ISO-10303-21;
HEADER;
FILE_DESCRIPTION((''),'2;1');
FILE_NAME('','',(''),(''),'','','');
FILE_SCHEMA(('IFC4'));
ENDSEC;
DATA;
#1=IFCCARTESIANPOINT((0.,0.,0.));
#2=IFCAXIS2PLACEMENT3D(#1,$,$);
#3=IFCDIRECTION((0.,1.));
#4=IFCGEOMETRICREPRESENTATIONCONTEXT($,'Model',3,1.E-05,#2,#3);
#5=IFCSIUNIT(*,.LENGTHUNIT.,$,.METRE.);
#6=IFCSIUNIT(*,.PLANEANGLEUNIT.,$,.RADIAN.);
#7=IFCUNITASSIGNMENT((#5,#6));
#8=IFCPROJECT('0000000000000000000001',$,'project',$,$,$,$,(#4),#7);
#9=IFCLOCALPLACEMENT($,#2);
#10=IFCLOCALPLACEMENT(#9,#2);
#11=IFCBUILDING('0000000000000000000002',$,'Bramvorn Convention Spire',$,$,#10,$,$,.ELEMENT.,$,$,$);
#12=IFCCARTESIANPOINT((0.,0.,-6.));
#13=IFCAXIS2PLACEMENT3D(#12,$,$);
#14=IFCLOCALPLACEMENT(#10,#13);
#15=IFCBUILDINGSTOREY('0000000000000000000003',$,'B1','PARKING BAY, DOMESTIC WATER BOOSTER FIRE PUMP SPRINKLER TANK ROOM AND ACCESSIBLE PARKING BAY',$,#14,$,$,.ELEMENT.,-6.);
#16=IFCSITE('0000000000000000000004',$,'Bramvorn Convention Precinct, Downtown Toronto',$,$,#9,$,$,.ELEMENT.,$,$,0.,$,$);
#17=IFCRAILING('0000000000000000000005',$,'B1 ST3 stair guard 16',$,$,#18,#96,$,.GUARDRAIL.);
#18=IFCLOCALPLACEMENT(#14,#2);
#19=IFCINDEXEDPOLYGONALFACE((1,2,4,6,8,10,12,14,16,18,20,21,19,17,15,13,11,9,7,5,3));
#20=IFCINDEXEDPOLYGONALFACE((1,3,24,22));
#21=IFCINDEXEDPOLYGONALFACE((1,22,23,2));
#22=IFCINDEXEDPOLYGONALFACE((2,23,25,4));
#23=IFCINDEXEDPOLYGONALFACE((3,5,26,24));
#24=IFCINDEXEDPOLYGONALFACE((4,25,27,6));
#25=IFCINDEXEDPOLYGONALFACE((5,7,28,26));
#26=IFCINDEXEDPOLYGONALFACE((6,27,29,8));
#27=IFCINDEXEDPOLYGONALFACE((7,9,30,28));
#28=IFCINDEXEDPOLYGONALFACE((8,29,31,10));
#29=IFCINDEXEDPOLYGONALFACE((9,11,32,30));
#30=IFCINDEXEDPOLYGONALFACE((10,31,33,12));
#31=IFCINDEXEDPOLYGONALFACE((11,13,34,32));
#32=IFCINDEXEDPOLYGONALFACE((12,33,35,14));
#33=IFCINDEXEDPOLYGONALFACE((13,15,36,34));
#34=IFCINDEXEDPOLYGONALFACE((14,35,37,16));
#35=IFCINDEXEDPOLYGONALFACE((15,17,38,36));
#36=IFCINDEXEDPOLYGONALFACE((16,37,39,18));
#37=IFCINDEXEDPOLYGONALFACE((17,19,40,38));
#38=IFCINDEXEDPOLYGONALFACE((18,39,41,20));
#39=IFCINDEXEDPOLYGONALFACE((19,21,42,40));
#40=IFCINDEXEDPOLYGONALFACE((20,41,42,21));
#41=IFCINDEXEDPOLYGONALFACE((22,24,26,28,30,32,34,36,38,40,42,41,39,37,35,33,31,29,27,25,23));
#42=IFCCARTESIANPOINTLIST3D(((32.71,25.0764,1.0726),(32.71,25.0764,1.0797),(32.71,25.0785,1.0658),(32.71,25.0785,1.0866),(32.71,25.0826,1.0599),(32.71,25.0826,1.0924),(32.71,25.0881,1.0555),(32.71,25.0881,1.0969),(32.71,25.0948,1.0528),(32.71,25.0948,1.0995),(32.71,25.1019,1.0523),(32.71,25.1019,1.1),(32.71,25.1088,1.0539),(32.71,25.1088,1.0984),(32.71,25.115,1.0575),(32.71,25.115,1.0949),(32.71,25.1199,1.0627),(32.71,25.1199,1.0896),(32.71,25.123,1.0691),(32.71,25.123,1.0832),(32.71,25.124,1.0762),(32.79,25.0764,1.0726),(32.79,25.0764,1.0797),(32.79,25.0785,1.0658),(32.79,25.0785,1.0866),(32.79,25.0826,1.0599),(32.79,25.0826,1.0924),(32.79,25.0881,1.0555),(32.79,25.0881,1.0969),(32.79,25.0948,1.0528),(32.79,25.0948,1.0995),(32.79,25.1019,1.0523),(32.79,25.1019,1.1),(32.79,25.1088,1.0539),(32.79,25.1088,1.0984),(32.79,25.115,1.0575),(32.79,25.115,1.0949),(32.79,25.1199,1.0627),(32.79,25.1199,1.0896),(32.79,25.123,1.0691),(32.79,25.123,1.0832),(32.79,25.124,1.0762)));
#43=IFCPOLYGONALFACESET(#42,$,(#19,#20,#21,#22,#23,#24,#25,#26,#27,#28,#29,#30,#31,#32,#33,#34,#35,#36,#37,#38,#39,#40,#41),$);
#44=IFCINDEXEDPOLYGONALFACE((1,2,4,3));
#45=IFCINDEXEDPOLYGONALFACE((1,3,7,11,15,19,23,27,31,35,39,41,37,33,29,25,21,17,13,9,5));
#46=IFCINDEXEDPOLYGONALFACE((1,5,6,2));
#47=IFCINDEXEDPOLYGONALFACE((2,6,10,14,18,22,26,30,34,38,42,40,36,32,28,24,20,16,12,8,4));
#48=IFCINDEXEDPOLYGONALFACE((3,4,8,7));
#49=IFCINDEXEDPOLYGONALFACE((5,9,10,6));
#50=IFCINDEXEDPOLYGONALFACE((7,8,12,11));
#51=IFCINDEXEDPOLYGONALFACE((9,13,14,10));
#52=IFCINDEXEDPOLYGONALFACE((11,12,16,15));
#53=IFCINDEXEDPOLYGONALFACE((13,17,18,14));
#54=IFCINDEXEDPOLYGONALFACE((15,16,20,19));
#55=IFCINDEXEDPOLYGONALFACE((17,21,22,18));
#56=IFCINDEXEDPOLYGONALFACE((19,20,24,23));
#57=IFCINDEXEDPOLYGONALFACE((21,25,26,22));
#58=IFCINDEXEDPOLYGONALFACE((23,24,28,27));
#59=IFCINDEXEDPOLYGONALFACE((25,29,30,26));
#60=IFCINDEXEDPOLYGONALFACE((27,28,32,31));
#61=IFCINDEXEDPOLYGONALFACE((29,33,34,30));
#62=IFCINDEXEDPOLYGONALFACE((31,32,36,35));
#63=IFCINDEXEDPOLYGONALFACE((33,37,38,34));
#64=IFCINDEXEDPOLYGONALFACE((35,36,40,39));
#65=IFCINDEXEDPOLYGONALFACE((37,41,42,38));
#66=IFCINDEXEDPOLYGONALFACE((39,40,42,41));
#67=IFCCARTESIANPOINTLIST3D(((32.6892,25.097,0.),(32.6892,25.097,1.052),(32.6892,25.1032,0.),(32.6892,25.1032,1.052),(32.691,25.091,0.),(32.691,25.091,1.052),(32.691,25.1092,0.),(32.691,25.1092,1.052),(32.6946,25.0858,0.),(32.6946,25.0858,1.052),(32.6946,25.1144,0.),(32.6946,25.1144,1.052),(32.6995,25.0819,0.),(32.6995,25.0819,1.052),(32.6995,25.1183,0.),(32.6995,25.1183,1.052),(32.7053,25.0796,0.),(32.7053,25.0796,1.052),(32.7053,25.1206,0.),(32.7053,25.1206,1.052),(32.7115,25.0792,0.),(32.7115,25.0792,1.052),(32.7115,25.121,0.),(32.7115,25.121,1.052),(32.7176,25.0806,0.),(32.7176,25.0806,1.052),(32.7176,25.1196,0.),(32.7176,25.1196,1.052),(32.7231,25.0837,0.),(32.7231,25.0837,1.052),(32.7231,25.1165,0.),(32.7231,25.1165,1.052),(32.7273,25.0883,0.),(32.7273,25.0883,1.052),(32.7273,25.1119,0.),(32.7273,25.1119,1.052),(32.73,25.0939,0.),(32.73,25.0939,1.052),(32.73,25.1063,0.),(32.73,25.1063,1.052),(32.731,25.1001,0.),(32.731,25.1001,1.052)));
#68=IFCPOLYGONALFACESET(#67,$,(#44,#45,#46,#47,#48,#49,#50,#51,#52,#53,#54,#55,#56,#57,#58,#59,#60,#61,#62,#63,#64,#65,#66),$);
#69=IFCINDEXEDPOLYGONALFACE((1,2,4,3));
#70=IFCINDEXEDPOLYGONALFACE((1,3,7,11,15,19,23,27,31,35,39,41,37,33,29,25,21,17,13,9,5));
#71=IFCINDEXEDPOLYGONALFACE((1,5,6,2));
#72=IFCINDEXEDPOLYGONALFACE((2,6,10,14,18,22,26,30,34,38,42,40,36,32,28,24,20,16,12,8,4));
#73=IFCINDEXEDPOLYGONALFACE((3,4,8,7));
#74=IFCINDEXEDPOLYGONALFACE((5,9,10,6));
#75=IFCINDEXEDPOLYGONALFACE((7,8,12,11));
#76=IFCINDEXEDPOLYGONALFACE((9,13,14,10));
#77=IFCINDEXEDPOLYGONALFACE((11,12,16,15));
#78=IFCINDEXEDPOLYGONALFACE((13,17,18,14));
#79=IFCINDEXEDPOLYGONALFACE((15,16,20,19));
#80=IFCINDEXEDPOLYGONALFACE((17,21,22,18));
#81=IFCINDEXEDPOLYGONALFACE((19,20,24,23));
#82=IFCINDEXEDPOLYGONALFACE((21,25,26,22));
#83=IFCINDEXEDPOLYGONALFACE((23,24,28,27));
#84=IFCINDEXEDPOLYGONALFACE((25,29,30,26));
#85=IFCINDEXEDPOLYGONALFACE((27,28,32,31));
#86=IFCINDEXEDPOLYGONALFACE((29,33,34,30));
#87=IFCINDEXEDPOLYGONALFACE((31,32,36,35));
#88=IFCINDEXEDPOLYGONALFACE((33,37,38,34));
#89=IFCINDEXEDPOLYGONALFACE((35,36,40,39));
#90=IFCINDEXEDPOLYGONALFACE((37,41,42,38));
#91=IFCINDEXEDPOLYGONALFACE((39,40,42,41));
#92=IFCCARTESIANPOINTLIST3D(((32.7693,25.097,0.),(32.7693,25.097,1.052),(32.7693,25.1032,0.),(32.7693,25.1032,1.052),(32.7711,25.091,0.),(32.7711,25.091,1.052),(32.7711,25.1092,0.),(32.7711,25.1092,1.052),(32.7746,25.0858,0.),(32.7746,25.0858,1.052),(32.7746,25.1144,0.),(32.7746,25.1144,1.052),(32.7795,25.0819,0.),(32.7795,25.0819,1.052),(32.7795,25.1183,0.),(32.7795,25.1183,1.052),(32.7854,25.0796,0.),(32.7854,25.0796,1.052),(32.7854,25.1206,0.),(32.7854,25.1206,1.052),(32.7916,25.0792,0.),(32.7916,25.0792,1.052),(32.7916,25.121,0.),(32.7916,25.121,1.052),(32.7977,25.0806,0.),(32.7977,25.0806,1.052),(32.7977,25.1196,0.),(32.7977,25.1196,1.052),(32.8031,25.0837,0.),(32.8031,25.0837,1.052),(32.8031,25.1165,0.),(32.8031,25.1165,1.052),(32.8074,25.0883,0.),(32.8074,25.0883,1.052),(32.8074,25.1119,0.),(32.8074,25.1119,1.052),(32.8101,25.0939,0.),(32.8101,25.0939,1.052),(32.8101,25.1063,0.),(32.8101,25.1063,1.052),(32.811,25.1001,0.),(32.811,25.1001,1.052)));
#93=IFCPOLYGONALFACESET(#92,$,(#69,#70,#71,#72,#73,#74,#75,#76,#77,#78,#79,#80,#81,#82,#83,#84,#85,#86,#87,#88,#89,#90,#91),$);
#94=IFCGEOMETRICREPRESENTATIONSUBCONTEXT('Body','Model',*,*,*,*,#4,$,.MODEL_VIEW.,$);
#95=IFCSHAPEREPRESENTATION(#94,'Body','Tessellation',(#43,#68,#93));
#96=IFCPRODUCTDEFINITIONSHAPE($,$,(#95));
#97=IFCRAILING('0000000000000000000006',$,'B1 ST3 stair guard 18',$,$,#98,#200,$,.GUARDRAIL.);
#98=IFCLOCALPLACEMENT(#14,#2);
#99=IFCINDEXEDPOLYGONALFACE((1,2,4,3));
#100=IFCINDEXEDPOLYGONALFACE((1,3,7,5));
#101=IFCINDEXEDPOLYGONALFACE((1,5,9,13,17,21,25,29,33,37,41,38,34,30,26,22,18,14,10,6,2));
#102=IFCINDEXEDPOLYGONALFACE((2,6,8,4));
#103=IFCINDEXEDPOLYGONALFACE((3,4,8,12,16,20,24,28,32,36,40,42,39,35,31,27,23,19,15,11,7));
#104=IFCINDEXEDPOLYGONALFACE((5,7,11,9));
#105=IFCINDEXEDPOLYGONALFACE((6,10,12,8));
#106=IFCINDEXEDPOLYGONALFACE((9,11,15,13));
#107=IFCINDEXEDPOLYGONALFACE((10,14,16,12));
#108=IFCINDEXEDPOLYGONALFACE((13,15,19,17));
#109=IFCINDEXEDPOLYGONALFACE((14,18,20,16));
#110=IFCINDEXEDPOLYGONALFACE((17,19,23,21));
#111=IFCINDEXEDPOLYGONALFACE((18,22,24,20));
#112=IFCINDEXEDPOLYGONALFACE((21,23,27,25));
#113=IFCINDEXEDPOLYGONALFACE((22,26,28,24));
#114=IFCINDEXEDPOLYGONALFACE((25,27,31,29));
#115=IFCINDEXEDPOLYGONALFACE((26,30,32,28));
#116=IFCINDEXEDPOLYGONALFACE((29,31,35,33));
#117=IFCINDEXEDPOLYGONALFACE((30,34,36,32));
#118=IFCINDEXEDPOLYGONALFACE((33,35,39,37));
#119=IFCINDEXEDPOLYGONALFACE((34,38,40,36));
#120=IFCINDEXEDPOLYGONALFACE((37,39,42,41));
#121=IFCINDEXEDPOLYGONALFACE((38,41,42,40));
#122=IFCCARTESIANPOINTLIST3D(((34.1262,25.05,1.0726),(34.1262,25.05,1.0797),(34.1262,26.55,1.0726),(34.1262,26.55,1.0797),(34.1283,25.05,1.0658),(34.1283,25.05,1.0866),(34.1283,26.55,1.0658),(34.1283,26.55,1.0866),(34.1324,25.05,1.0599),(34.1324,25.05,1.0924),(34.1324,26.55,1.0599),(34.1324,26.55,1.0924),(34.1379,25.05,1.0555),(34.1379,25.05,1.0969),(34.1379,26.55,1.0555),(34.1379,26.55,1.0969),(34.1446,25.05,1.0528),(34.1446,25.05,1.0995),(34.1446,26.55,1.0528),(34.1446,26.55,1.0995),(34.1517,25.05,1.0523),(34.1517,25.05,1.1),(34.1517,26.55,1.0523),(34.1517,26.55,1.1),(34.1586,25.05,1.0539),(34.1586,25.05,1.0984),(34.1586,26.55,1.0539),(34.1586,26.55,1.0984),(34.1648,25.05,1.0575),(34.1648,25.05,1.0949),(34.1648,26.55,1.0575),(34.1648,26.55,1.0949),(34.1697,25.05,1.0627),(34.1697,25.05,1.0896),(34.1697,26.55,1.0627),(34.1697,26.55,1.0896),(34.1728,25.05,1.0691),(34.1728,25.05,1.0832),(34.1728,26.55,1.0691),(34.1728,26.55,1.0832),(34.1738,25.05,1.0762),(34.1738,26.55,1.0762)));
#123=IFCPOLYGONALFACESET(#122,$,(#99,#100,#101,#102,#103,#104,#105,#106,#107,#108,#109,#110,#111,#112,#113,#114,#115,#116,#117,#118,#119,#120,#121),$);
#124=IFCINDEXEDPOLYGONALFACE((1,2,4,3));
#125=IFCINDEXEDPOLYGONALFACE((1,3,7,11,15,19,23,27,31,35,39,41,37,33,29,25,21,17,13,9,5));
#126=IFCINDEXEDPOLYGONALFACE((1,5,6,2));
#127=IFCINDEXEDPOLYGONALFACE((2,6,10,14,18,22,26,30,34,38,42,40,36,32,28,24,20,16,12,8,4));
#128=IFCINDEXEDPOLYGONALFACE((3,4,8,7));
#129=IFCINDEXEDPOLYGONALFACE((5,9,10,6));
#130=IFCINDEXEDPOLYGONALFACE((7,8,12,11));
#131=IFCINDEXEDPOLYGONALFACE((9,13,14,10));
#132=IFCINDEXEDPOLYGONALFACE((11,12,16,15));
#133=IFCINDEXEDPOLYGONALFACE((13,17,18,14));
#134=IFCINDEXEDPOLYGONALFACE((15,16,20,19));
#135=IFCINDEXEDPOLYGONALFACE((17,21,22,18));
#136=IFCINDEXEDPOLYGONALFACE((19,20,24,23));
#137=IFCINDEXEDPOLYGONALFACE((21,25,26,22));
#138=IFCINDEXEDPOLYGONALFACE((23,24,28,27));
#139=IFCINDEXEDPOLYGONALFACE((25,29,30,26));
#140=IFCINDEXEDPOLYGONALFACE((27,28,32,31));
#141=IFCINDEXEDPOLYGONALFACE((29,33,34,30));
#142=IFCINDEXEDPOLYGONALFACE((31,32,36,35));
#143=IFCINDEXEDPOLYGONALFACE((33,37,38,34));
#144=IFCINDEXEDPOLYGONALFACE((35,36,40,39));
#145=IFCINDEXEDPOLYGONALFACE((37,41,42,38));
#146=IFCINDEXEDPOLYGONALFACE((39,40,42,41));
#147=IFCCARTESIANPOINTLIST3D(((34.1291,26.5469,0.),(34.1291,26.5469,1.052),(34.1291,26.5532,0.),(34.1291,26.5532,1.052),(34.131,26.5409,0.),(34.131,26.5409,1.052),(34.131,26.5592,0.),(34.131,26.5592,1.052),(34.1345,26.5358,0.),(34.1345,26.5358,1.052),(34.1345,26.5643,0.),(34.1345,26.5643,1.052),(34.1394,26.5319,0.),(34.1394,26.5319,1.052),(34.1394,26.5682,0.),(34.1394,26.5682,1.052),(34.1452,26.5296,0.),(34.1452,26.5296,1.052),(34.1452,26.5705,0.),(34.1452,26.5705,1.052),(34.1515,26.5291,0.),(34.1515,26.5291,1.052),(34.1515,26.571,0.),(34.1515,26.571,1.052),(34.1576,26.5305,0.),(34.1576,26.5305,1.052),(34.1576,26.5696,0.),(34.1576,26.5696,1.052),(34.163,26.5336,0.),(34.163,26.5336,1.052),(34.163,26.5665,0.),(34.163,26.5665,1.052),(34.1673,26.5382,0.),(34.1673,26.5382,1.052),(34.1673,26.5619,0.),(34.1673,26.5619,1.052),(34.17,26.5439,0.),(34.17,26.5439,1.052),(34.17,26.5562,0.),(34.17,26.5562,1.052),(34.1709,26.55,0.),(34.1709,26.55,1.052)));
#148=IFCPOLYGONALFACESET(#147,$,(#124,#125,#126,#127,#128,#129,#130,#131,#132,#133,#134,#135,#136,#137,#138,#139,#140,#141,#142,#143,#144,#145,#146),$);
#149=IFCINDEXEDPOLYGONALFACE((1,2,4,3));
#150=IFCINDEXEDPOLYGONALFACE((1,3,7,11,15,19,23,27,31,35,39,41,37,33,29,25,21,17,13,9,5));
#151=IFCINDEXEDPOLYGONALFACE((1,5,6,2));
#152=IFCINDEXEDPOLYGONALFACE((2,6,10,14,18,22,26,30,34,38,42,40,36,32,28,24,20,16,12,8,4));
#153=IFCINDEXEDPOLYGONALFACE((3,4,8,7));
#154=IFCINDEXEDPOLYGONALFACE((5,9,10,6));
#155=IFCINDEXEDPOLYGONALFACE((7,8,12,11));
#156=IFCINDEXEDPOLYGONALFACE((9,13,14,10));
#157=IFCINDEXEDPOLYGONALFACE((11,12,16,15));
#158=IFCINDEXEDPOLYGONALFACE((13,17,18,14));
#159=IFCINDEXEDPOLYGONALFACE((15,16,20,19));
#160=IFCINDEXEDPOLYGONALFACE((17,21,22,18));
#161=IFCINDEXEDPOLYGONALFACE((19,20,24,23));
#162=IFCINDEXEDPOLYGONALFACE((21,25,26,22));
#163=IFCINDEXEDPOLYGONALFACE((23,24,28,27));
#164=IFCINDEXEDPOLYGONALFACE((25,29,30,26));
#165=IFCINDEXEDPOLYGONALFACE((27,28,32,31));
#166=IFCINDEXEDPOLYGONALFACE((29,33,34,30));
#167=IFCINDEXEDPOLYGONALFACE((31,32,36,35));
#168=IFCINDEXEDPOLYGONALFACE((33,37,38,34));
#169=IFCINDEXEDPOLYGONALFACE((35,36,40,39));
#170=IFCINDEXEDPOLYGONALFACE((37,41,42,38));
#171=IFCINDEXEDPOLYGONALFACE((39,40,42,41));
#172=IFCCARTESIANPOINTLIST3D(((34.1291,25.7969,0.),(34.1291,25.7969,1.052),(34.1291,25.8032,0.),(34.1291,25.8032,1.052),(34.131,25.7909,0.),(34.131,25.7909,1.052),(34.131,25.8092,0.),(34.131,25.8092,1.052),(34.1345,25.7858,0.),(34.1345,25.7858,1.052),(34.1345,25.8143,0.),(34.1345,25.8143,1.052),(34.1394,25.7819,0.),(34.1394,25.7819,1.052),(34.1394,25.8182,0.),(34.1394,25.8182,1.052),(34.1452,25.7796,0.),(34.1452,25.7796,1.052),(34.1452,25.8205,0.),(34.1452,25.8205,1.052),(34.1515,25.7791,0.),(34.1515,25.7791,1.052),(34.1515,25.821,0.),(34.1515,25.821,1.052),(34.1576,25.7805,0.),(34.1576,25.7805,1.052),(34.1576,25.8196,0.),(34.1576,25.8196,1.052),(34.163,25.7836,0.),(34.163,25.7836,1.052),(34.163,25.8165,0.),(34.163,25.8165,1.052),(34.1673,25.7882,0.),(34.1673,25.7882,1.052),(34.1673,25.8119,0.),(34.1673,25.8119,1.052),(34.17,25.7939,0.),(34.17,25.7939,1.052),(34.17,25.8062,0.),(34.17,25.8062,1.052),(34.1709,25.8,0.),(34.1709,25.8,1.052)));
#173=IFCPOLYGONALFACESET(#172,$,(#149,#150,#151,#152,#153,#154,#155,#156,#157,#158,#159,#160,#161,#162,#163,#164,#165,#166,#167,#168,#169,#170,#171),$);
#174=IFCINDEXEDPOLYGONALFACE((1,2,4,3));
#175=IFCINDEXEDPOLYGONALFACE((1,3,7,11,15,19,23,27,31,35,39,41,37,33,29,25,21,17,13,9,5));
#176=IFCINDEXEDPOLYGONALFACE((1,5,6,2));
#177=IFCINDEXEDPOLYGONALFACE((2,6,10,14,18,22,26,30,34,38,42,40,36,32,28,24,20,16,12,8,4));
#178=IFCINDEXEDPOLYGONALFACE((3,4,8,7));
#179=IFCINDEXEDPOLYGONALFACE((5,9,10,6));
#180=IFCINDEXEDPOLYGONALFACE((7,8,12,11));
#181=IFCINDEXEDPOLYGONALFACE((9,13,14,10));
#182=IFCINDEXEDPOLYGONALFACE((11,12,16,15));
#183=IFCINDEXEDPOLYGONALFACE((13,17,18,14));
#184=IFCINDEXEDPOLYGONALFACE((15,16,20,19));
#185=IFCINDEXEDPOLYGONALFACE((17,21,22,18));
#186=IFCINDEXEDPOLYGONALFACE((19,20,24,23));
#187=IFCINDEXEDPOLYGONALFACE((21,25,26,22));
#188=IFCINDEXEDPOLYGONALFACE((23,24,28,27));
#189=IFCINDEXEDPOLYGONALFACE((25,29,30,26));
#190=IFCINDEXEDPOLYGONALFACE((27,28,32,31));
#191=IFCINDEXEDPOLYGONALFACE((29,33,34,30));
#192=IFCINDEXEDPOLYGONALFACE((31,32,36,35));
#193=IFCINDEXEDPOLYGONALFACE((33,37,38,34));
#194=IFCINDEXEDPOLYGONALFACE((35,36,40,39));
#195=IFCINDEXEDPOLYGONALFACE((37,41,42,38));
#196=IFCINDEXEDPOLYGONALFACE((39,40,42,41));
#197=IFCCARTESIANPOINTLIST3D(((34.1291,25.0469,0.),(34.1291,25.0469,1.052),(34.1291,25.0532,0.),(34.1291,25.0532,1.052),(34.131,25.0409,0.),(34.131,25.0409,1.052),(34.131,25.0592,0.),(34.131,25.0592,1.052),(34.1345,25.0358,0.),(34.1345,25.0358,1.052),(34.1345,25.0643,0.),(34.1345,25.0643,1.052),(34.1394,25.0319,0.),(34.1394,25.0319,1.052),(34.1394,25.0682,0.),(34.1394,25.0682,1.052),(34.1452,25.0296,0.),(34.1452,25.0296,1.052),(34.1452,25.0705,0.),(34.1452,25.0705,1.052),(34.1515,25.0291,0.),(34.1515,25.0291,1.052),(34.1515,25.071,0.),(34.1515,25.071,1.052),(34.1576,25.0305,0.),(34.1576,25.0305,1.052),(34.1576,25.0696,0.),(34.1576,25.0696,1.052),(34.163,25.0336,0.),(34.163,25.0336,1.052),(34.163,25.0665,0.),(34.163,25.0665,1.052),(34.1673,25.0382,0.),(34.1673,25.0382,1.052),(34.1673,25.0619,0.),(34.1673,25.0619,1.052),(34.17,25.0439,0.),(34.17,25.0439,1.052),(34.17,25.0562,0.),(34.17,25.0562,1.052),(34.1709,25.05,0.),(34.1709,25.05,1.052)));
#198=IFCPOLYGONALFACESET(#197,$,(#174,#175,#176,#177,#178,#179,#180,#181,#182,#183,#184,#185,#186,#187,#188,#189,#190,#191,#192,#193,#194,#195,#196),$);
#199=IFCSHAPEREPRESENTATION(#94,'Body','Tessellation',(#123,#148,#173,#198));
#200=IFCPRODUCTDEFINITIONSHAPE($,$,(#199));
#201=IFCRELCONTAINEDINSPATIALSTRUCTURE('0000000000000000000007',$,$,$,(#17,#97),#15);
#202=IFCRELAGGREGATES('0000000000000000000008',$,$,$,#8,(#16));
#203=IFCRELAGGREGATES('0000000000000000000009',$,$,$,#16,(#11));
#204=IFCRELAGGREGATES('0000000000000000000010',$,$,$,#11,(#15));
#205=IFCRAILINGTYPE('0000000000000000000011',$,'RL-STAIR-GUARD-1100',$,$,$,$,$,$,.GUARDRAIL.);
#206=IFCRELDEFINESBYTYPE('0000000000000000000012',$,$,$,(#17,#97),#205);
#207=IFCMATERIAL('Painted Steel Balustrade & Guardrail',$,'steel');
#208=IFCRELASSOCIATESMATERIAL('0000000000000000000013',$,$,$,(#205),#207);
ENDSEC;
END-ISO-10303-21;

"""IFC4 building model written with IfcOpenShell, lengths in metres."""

from ifc_helpers import new_model, si_unit, direction, frame, origin, origin_2d, place, context, subcontext, project, spatial, circle, extrude, material, type_object, element, save


model = new_model("IFC4")

# Units and contexts
model_context = context("Model", 3, precision=1e-05, world=origin(), true_north=direction((0.0, 1.0)))
body_context = subcontext(model_context, "Body", "Model", "MODEL_VIEW")
ifc_project = project(units=[si_unit("LENGTHUNIT", "METRE"), si_unit("PLANEANGLEUNIT", "RADIAN")], contexts=[model_context])

# Site, building, storey
site_placement = place(None, origin())
site = spatial("IfcSite", under=ifc_project, at=site_placement, Name="Bramvorn Convention Precinct, Downtown Toronto", CompositionType="ELEMENT", RefElevation=0.0)
building_placement = place(site_placement, origin())
building = spatial("IfcBuilding", under=site, at=building_placement, Name="Bramvorn Convention Spire", CompositionType="ELEMENT")
storey_placement = place(building_placement, frame((0.0, 0.0, -6.0)))
storey = spatial("IfcBuildingStorey", under=building, at=storey_placement, Name="B1", Description="PARKING BAY, DOMESTIC WATER BOOSTER FIRE PUMP SPRINKLER TANK ROOM AND ACCESSIBLE PARKING BAY", CompositionType="ELEMENT", Elevation=-6.0)

# Railings
ifc_material_1 = material(Name="Painted Steel Balustrade & Guardrail", Category="steel")
railing_type_1 = type_object("IfcRailingType", Name="RL-STAIR-GUARD-1100", PredefinedType="GUARDRAIL", material=ifc_material_1)
railing_1_placement = place(storey_placement, frame((32.71, 25.1001, 0.0)))
element("IfcRailing", 1, at=railing_1_placement, inside=storey, type_object=railing_type_1, Name="B1 ST3 stair guard 16", PredefinedType="GUARDRAIL", context=body_context, shape_type="SweptSolid", body=[
    extrude(circle(Radius=0.0239, at=origin_2d()), frame((0.0, 0.0, 1.0762), z_axis=(1.0, 0.0, 0.0), x_axis=(0.0, 1.0, 0.0)), (0.0, 0.0, 1.0), 0.0801),
    extrude(circle(Radius=0.021, at=origin_2d()), origin(), (0.0, 0.0, 1.0), 1.052),
    extrude(circle(Radius=0.021, at=origin_2d()), frame((0.0801, 0.0, 0.0)), (0.0, 0.0, 1.0), 1.052),
])
railing_2_placement = place(storey_placement, frame((34.1499, 26.55, 0.0)))
element("IfcRailing", 2, at=railing_2_placement, inside=storey, type_object=railing_type_1, Name="B1 ST3 stair guard 18", PredefinedType="GUARDRAIL", context=body_context, shape_type="SweptSolid", body=[
    extrude(circle(Radius=0.0239, at=origin_2d()), frame((0.0, 0.0, 1.0762), z_axis=(0.0, -1.0, 0.0), x_axis=(1.0, 0.0, 0.0)), (0.0, 0.0, 1.0), 1.5),
    extrude(circle(Radius=0.021, at=origin_2d()), origin(), (0.0, 0.0, 1.0), 1.052),
    extrude(circle(Radius=0.021, at=origin_2d()), frame((0.0, -0.75, 0.0)), (0.0, 0.0, 1.0), 1.052),
    extrude(circle(Radius=0.021, at=origin_2d()), frame((0.0, -1.5, 0.0)), (0.0, 0.0, 1.0), 1.052),
])

save(model, "model.ifc")
